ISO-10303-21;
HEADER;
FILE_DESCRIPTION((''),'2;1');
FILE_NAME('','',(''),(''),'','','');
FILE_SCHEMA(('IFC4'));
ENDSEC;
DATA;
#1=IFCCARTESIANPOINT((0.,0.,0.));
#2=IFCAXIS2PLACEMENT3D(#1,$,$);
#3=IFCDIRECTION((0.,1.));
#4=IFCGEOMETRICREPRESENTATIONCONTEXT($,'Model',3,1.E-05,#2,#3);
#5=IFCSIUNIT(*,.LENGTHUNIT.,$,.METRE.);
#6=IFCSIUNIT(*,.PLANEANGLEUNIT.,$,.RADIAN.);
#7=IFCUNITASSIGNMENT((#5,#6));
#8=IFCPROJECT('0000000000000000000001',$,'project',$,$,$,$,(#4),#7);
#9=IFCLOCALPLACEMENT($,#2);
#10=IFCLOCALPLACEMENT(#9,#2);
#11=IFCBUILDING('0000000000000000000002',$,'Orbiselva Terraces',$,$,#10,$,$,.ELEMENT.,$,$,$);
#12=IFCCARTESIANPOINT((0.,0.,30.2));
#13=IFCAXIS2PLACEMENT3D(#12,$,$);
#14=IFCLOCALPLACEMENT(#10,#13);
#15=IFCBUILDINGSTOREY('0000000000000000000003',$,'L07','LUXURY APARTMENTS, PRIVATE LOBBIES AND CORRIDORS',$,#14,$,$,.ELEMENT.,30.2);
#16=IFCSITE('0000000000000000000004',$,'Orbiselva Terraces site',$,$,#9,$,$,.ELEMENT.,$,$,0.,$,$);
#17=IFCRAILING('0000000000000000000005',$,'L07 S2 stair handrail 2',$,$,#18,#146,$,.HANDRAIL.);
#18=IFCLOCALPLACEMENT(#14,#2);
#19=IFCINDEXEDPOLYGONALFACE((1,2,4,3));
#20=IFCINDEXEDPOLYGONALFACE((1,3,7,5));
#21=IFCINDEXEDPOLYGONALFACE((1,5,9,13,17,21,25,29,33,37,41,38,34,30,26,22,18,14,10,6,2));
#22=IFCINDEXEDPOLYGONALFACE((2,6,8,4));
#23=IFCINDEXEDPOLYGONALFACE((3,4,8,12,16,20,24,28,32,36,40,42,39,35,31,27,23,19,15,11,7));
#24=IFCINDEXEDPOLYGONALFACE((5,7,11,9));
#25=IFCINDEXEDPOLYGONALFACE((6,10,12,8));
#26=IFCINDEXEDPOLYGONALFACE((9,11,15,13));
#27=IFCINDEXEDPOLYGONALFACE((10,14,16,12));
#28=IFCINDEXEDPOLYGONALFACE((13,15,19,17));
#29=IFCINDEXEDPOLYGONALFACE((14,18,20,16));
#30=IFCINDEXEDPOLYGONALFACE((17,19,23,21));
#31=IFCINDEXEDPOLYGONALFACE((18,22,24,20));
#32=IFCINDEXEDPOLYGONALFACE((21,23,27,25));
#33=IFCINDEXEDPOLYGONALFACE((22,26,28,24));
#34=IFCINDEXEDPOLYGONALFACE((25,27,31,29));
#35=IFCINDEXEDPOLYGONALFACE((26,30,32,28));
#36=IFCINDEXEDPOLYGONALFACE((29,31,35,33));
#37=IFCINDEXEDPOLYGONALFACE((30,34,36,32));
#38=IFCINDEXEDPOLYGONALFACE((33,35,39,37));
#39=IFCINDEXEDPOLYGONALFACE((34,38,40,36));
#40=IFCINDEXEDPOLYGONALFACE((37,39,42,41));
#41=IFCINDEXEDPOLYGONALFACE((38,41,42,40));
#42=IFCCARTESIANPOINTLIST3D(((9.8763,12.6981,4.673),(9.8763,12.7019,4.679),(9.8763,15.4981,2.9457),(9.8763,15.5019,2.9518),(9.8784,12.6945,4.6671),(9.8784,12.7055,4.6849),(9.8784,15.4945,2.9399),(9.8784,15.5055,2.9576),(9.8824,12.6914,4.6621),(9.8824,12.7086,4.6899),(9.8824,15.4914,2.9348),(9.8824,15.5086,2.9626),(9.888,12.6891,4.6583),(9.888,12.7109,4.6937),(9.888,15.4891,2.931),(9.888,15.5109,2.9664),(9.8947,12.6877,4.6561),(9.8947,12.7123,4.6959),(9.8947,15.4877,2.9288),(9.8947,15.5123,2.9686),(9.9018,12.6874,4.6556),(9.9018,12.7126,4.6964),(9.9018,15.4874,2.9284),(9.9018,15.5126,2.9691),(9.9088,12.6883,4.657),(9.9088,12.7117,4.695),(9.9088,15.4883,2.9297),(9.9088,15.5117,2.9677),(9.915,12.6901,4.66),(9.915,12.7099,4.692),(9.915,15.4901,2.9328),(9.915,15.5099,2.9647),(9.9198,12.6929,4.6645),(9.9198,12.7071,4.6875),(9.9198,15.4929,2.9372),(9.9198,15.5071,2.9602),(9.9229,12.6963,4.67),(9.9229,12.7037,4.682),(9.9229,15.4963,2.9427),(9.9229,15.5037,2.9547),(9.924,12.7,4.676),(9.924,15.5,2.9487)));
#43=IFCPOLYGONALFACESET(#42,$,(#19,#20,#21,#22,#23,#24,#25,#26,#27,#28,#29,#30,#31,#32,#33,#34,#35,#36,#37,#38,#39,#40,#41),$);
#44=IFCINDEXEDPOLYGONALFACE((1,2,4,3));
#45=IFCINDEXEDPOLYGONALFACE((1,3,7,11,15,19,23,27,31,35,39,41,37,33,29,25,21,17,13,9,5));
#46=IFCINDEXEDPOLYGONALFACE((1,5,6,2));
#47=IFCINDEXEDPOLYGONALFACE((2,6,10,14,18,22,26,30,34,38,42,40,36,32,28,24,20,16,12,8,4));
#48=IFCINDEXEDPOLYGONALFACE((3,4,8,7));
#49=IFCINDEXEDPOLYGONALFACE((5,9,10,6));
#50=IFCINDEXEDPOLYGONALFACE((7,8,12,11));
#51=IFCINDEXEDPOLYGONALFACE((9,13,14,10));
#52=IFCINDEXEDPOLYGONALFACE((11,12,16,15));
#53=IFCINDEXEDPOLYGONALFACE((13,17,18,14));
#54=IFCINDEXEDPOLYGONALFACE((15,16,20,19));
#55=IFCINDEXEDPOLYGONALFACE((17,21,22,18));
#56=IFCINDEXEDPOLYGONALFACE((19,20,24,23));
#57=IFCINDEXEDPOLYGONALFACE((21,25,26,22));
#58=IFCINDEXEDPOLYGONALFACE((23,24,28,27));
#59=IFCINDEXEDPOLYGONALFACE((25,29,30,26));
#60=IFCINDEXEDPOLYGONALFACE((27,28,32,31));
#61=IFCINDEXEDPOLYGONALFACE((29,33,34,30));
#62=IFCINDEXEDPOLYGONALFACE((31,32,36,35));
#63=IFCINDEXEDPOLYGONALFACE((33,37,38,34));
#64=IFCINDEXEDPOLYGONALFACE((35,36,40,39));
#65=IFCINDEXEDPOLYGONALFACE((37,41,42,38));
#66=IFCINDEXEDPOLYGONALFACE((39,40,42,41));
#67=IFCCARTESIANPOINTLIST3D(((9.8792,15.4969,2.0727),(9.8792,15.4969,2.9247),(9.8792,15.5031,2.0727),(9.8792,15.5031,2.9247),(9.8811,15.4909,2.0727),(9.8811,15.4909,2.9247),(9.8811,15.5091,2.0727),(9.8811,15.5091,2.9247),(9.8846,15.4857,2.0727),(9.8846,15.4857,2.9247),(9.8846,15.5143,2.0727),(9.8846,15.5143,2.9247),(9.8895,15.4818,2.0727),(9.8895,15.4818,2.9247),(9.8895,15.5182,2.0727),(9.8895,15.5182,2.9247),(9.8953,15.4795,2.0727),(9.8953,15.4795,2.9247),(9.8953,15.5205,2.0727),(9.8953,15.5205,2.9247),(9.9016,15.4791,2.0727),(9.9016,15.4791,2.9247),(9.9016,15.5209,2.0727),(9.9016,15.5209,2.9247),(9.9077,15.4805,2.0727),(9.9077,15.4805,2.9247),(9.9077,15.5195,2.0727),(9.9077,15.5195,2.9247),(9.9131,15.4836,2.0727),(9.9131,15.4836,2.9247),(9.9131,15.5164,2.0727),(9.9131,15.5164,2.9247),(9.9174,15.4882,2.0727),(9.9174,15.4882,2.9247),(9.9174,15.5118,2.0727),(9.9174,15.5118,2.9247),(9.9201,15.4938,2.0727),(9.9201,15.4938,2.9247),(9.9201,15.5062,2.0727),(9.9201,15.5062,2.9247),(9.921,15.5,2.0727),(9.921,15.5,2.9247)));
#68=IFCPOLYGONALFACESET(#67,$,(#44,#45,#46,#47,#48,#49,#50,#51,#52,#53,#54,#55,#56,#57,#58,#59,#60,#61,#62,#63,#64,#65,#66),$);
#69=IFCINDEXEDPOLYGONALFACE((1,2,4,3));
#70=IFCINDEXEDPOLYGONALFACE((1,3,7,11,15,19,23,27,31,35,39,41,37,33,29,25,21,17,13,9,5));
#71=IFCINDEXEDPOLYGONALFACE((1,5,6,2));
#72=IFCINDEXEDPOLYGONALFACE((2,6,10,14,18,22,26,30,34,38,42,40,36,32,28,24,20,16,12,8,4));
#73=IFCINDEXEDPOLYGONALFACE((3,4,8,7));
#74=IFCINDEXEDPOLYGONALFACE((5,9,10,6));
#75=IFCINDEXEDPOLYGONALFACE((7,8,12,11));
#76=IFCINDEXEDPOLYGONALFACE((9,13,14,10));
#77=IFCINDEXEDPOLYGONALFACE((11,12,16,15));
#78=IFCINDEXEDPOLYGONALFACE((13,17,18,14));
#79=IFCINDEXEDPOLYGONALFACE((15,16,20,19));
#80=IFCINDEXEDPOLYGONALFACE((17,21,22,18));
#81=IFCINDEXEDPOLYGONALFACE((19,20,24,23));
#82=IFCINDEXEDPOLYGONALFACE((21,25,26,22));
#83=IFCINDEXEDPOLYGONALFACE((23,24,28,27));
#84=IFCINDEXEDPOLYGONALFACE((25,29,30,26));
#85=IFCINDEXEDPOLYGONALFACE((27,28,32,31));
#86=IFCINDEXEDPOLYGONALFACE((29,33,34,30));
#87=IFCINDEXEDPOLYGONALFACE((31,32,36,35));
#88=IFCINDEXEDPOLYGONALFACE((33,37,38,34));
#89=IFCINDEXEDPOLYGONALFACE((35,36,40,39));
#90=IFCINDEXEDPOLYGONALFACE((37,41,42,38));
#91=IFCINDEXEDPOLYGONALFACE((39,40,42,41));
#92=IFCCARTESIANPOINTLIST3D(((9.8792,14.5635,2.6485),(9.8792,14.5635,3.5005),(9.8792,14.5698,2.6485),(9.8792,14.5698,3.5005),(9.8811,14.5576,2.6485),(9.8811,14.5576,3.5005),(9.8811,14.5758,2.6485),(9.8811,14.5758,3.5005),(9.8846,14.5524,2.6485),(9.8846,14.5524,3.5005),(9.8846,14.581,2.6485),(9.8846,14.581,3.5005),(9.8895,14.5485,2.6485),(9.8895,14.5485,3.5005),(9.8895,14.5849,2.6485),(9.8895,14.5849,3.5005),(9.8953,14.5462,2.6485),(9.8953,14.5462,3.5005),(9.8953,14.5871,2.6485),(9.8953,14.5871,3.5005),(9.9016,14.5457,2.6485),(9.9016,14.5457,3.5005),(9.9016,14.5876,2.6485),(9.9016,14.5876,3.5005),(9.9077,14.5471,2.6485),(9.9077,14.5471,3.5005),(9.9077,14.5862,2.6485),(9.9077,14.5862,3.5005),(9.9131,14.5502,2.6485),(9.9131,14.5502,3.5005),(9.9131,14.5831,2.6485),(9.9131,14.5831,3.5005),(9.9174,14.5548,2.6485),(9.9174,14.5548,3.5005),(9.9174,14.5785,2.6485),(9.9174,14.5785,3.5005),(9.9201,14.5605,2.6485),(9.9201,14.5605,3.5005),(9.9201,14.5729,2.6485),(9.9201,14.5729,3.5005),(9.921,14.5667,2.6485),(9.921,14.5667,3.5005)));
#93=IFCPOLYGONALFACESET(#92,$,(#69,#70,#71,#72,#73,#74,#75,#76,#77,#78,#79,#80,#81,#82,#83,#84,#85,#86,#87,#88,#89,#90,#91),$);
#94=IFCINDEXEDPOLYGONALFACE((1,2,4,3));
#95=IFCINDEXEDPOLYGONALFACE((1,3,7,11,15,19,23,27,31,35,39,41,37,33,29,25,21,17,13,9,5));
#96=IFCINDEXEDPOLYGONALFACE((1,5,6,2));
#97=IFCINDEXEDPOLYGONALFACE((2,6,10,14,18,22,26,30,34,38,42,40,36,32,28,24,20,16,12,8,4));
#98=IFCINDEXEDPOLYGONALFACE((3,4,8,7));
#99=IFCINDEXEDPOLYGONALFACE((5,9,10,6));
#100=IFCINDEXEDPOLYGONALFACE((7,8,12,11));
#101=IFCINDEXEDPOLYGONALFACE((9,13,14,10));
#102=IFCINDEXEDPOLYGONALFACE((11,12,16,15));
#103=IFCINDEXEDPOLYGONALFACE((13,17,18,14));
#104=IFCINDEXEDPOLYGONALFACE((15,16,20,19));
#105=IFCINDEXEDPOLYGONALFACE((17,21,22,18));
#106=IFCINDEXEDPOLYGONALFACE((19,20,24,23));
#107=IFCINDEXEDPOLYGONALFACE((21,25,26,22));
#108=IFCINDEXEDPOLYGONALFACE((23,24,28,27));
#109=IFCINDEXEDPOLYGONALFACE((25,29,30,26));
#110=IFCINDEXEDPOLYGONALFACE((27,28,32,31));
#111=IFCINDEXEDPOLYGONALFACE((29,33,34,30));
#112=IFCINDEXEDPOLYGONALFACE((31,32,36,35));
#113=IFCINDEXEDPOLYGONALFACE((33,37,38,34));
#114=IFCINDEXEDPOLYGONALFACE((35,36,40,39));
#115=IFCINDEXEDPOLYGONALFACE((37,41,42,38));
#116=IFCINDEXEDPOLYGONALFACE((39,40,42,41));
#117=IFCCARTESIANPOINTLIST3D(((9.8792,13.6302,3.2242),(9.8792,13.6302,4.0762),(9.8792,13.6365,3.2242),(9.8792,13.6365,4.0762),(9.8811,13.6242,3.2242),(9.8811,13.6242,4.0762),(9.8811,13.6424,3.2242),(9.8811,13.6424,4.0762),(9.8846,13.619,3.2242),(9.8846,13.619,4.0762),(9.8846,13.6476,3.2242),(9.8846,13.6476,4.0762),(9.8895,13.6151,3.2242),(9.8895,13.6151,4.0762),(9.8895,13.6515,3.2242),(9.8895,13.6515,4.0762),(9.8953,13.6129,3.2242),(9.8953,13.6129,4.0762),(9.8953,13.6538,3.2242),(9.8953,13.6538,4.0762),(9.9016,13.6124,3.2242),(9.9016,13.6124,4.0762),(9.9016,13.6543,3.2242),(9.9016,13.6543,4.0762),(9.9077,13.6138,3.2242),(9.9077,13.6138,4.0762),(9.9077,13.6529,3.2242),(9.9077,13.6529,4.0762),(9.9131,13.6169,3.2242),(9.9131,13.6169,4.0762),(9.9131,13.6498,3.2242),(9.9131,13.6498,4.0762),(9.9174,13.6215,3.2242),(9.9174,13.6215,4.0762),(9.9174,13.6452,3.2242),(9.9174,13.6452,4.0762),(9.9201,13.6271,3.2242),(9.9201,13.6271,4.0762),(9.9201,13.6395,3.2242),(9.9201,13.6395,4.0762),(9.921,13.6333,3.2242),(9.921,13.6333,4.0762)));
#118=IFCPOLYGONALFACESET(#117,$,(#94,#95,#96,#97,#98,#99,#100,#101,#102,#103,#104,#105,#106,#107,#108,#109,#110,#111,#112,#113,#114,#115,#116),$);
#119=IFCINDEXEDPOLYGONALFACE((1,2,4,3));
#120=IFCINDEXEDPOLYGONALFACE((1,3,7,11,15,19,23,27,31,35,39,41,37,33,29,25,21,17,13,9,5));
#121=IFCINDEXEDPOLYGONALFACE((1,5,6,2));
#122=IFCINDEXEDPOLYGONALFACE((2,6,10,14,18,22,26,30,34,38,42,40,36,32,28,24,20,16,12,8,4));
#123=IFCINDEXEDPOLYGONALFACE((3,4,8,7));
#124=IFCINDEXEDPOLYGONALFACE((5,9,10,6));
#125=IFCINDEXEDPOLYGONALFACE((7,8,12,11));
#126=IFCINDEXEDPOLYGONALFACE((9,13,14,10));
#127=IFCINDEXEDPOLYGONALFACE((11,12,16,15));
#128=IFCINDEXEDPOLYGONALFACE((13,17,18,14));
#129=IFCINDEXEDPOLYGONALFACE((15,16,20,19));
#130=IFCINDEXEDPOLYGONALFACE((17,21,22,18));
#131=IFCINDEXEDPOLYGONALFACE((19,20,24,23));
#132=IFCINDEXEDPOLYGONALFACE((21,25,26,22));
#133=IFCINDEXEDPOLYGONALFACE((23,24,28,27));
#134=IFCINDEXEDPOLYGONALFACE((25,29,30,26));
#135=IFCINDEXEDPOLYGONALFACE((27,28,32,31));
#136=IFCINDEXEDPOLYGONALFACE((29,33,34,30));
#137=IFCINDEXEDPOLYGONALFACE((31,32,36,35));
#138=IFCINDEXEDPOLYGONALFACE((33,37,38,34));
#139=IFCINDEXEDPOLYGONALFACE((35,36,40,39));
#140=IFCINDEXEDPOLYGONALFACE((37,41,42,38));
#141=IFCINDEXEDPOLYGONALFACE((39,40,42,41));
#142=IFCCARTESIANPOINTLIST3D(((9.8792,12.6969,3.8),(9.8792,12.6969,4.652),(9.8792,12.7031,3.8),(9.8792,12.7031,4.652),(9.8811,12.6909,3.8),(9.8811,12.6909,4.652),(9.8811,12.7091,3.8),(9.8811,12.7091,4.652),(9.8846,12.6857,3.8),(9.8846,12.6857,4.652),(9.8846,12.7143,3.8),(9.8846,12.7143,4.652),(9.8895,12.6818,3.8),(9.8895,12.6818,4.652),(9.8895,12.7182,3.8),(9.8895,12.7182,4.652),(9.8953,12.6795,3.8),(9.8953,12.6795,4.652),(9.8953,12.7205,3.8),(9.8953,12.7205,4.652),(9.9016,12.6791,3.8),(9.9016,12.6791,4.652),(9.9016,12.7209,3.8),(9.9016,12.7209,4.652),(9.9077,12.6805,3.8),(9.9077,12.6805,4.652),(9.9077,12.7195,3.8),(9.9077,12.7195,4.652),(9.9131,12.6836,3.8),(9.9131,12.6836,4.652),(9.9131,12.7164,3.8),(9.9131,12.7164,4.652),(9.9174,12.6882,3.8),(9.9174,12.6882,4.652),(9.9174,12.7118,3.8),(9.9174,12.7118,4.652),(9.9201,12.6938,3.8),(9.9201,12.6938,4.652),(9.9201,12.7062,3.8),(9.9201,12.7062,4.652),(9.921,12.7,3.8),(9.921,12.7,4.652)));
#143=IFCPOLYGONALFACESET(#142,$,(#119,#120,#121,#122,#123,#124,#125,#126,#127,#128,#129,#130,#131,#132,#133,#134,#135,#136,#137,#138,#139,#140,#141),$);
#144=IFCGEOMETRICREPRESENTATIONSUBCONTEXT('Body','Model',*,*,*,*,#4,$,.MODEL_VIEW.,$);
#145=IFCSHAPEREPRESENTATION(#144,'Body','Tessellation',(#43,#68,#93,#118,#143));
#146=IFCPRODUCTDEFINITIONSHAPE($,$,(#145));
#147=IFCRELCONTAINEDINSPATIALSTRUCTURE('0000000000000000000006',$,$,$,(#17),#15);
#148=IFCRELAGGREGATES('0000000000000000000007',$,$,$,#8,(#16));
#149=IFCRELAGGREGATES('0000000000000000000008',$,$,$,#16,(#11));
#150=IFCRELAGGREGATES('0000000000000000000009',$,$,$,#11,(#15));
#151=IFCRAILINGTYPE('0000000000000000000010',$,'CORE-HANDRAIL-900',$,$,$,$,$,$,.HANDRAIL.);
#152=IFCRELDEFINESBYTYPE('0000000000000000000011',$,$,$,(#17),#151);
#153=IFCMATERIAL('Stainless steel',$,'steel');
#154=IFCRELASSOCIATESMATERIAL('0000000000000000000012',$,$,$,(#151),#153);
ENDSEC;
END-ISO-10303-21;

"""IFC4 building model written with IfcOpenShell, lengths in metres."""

from ifc_helpers import new_model, si_unit, direction, frame, origin, origin_2d, place, context, subcontext, project, spatial, circle, extrude, material, type_object, element, save


model = new_model("IFC4")

# Units and contexts
model_context = context("Model", 3, precision=1e-05, world=origin(), true_north=direction((0.0, 1.0)))
body_context = subcontext(model_context, "Body", "Model", "MODEL_VIEW")
ifc_project = project(units=[si_unit("LENGTHUNIT", "METRE"), si_unit("PLANEANGLEUNIT", "RADIAN")], contexts=[model_context])

# Site, building, storey
site_placement = place(None, origin())
site = spatial("IfcSite", under=ifc_project, at=site_placement, Name="Orbiselva Terraces site", CompositionType="ELEMENT", RefElevation=0.0)
building_placement = place(site_placement, origin())
building = spatial("IfcBuilding", under=site, at=building_placement, Name="Orbiselva Terraces", CompositionType="ELEMENT")
storey_placement = place(building_placement, frame((0.0, 0.0, 30.2)))
storey = spatial("IfcBuildingStorey", under=building, at=storey_placement, Name="L07", Description="LUXURY APARTMENTS, PRIVATE LOBBIES AND CORRIDORS", CompositionType="ELEMENT", Elevation=30.2)

# Railing
ifc_material_1 = material(Name="Stainless steel", Category="steel")
railing_type = type_object("IfcRailingType", Name="CORE-HANDRAIL-900", PredefinedType="HANDRAIL", material=ifc_material_1)
railing_placement = place(storey_placement, frame((9.9, 15.5, 2.0727)))
element("IfcRailing", 1, at=railing_placement, inside=storey, type_object=railing_type, Name="L07 S2 stair handrail 2", PredefinedType="HANDRAIL", context=body_context, shape_type="SweptSolid", body=[
    extrude(circle(Radius=0.024, at=origin_2d()), frame((0.0, 0.0, 0.876), z_axis=(0.0, -0.851089, 0.525022), x_axis=(1.0, 0.0, 0.0)), (0.0, 0.0, 1.0), 3.2899),
    extrude(circle(Radius=0.021, at=origin_2d()), origin(), (0.0, 0.0, 1.0), 0.852),
    extrude(circle(Radius=0.021, at=origin_2d()), frame((0.0, -0.9333, 0.5758)), (0.0, 0.0, 1.0), 0.852),
    extrude(circle(Radius=0.021, at=origin_2d()), frame((0.0, -1.8667, 1.1515)), (0.0, 0.0, 1.0), 0.852),
    extrude(circle(Radius=0.021, at=origin_2d()), frame((0.0, -2.8, 1.7273)), (0.0, 0.0, 1.0), 0.852),
])

save(model, "model.ifc")
